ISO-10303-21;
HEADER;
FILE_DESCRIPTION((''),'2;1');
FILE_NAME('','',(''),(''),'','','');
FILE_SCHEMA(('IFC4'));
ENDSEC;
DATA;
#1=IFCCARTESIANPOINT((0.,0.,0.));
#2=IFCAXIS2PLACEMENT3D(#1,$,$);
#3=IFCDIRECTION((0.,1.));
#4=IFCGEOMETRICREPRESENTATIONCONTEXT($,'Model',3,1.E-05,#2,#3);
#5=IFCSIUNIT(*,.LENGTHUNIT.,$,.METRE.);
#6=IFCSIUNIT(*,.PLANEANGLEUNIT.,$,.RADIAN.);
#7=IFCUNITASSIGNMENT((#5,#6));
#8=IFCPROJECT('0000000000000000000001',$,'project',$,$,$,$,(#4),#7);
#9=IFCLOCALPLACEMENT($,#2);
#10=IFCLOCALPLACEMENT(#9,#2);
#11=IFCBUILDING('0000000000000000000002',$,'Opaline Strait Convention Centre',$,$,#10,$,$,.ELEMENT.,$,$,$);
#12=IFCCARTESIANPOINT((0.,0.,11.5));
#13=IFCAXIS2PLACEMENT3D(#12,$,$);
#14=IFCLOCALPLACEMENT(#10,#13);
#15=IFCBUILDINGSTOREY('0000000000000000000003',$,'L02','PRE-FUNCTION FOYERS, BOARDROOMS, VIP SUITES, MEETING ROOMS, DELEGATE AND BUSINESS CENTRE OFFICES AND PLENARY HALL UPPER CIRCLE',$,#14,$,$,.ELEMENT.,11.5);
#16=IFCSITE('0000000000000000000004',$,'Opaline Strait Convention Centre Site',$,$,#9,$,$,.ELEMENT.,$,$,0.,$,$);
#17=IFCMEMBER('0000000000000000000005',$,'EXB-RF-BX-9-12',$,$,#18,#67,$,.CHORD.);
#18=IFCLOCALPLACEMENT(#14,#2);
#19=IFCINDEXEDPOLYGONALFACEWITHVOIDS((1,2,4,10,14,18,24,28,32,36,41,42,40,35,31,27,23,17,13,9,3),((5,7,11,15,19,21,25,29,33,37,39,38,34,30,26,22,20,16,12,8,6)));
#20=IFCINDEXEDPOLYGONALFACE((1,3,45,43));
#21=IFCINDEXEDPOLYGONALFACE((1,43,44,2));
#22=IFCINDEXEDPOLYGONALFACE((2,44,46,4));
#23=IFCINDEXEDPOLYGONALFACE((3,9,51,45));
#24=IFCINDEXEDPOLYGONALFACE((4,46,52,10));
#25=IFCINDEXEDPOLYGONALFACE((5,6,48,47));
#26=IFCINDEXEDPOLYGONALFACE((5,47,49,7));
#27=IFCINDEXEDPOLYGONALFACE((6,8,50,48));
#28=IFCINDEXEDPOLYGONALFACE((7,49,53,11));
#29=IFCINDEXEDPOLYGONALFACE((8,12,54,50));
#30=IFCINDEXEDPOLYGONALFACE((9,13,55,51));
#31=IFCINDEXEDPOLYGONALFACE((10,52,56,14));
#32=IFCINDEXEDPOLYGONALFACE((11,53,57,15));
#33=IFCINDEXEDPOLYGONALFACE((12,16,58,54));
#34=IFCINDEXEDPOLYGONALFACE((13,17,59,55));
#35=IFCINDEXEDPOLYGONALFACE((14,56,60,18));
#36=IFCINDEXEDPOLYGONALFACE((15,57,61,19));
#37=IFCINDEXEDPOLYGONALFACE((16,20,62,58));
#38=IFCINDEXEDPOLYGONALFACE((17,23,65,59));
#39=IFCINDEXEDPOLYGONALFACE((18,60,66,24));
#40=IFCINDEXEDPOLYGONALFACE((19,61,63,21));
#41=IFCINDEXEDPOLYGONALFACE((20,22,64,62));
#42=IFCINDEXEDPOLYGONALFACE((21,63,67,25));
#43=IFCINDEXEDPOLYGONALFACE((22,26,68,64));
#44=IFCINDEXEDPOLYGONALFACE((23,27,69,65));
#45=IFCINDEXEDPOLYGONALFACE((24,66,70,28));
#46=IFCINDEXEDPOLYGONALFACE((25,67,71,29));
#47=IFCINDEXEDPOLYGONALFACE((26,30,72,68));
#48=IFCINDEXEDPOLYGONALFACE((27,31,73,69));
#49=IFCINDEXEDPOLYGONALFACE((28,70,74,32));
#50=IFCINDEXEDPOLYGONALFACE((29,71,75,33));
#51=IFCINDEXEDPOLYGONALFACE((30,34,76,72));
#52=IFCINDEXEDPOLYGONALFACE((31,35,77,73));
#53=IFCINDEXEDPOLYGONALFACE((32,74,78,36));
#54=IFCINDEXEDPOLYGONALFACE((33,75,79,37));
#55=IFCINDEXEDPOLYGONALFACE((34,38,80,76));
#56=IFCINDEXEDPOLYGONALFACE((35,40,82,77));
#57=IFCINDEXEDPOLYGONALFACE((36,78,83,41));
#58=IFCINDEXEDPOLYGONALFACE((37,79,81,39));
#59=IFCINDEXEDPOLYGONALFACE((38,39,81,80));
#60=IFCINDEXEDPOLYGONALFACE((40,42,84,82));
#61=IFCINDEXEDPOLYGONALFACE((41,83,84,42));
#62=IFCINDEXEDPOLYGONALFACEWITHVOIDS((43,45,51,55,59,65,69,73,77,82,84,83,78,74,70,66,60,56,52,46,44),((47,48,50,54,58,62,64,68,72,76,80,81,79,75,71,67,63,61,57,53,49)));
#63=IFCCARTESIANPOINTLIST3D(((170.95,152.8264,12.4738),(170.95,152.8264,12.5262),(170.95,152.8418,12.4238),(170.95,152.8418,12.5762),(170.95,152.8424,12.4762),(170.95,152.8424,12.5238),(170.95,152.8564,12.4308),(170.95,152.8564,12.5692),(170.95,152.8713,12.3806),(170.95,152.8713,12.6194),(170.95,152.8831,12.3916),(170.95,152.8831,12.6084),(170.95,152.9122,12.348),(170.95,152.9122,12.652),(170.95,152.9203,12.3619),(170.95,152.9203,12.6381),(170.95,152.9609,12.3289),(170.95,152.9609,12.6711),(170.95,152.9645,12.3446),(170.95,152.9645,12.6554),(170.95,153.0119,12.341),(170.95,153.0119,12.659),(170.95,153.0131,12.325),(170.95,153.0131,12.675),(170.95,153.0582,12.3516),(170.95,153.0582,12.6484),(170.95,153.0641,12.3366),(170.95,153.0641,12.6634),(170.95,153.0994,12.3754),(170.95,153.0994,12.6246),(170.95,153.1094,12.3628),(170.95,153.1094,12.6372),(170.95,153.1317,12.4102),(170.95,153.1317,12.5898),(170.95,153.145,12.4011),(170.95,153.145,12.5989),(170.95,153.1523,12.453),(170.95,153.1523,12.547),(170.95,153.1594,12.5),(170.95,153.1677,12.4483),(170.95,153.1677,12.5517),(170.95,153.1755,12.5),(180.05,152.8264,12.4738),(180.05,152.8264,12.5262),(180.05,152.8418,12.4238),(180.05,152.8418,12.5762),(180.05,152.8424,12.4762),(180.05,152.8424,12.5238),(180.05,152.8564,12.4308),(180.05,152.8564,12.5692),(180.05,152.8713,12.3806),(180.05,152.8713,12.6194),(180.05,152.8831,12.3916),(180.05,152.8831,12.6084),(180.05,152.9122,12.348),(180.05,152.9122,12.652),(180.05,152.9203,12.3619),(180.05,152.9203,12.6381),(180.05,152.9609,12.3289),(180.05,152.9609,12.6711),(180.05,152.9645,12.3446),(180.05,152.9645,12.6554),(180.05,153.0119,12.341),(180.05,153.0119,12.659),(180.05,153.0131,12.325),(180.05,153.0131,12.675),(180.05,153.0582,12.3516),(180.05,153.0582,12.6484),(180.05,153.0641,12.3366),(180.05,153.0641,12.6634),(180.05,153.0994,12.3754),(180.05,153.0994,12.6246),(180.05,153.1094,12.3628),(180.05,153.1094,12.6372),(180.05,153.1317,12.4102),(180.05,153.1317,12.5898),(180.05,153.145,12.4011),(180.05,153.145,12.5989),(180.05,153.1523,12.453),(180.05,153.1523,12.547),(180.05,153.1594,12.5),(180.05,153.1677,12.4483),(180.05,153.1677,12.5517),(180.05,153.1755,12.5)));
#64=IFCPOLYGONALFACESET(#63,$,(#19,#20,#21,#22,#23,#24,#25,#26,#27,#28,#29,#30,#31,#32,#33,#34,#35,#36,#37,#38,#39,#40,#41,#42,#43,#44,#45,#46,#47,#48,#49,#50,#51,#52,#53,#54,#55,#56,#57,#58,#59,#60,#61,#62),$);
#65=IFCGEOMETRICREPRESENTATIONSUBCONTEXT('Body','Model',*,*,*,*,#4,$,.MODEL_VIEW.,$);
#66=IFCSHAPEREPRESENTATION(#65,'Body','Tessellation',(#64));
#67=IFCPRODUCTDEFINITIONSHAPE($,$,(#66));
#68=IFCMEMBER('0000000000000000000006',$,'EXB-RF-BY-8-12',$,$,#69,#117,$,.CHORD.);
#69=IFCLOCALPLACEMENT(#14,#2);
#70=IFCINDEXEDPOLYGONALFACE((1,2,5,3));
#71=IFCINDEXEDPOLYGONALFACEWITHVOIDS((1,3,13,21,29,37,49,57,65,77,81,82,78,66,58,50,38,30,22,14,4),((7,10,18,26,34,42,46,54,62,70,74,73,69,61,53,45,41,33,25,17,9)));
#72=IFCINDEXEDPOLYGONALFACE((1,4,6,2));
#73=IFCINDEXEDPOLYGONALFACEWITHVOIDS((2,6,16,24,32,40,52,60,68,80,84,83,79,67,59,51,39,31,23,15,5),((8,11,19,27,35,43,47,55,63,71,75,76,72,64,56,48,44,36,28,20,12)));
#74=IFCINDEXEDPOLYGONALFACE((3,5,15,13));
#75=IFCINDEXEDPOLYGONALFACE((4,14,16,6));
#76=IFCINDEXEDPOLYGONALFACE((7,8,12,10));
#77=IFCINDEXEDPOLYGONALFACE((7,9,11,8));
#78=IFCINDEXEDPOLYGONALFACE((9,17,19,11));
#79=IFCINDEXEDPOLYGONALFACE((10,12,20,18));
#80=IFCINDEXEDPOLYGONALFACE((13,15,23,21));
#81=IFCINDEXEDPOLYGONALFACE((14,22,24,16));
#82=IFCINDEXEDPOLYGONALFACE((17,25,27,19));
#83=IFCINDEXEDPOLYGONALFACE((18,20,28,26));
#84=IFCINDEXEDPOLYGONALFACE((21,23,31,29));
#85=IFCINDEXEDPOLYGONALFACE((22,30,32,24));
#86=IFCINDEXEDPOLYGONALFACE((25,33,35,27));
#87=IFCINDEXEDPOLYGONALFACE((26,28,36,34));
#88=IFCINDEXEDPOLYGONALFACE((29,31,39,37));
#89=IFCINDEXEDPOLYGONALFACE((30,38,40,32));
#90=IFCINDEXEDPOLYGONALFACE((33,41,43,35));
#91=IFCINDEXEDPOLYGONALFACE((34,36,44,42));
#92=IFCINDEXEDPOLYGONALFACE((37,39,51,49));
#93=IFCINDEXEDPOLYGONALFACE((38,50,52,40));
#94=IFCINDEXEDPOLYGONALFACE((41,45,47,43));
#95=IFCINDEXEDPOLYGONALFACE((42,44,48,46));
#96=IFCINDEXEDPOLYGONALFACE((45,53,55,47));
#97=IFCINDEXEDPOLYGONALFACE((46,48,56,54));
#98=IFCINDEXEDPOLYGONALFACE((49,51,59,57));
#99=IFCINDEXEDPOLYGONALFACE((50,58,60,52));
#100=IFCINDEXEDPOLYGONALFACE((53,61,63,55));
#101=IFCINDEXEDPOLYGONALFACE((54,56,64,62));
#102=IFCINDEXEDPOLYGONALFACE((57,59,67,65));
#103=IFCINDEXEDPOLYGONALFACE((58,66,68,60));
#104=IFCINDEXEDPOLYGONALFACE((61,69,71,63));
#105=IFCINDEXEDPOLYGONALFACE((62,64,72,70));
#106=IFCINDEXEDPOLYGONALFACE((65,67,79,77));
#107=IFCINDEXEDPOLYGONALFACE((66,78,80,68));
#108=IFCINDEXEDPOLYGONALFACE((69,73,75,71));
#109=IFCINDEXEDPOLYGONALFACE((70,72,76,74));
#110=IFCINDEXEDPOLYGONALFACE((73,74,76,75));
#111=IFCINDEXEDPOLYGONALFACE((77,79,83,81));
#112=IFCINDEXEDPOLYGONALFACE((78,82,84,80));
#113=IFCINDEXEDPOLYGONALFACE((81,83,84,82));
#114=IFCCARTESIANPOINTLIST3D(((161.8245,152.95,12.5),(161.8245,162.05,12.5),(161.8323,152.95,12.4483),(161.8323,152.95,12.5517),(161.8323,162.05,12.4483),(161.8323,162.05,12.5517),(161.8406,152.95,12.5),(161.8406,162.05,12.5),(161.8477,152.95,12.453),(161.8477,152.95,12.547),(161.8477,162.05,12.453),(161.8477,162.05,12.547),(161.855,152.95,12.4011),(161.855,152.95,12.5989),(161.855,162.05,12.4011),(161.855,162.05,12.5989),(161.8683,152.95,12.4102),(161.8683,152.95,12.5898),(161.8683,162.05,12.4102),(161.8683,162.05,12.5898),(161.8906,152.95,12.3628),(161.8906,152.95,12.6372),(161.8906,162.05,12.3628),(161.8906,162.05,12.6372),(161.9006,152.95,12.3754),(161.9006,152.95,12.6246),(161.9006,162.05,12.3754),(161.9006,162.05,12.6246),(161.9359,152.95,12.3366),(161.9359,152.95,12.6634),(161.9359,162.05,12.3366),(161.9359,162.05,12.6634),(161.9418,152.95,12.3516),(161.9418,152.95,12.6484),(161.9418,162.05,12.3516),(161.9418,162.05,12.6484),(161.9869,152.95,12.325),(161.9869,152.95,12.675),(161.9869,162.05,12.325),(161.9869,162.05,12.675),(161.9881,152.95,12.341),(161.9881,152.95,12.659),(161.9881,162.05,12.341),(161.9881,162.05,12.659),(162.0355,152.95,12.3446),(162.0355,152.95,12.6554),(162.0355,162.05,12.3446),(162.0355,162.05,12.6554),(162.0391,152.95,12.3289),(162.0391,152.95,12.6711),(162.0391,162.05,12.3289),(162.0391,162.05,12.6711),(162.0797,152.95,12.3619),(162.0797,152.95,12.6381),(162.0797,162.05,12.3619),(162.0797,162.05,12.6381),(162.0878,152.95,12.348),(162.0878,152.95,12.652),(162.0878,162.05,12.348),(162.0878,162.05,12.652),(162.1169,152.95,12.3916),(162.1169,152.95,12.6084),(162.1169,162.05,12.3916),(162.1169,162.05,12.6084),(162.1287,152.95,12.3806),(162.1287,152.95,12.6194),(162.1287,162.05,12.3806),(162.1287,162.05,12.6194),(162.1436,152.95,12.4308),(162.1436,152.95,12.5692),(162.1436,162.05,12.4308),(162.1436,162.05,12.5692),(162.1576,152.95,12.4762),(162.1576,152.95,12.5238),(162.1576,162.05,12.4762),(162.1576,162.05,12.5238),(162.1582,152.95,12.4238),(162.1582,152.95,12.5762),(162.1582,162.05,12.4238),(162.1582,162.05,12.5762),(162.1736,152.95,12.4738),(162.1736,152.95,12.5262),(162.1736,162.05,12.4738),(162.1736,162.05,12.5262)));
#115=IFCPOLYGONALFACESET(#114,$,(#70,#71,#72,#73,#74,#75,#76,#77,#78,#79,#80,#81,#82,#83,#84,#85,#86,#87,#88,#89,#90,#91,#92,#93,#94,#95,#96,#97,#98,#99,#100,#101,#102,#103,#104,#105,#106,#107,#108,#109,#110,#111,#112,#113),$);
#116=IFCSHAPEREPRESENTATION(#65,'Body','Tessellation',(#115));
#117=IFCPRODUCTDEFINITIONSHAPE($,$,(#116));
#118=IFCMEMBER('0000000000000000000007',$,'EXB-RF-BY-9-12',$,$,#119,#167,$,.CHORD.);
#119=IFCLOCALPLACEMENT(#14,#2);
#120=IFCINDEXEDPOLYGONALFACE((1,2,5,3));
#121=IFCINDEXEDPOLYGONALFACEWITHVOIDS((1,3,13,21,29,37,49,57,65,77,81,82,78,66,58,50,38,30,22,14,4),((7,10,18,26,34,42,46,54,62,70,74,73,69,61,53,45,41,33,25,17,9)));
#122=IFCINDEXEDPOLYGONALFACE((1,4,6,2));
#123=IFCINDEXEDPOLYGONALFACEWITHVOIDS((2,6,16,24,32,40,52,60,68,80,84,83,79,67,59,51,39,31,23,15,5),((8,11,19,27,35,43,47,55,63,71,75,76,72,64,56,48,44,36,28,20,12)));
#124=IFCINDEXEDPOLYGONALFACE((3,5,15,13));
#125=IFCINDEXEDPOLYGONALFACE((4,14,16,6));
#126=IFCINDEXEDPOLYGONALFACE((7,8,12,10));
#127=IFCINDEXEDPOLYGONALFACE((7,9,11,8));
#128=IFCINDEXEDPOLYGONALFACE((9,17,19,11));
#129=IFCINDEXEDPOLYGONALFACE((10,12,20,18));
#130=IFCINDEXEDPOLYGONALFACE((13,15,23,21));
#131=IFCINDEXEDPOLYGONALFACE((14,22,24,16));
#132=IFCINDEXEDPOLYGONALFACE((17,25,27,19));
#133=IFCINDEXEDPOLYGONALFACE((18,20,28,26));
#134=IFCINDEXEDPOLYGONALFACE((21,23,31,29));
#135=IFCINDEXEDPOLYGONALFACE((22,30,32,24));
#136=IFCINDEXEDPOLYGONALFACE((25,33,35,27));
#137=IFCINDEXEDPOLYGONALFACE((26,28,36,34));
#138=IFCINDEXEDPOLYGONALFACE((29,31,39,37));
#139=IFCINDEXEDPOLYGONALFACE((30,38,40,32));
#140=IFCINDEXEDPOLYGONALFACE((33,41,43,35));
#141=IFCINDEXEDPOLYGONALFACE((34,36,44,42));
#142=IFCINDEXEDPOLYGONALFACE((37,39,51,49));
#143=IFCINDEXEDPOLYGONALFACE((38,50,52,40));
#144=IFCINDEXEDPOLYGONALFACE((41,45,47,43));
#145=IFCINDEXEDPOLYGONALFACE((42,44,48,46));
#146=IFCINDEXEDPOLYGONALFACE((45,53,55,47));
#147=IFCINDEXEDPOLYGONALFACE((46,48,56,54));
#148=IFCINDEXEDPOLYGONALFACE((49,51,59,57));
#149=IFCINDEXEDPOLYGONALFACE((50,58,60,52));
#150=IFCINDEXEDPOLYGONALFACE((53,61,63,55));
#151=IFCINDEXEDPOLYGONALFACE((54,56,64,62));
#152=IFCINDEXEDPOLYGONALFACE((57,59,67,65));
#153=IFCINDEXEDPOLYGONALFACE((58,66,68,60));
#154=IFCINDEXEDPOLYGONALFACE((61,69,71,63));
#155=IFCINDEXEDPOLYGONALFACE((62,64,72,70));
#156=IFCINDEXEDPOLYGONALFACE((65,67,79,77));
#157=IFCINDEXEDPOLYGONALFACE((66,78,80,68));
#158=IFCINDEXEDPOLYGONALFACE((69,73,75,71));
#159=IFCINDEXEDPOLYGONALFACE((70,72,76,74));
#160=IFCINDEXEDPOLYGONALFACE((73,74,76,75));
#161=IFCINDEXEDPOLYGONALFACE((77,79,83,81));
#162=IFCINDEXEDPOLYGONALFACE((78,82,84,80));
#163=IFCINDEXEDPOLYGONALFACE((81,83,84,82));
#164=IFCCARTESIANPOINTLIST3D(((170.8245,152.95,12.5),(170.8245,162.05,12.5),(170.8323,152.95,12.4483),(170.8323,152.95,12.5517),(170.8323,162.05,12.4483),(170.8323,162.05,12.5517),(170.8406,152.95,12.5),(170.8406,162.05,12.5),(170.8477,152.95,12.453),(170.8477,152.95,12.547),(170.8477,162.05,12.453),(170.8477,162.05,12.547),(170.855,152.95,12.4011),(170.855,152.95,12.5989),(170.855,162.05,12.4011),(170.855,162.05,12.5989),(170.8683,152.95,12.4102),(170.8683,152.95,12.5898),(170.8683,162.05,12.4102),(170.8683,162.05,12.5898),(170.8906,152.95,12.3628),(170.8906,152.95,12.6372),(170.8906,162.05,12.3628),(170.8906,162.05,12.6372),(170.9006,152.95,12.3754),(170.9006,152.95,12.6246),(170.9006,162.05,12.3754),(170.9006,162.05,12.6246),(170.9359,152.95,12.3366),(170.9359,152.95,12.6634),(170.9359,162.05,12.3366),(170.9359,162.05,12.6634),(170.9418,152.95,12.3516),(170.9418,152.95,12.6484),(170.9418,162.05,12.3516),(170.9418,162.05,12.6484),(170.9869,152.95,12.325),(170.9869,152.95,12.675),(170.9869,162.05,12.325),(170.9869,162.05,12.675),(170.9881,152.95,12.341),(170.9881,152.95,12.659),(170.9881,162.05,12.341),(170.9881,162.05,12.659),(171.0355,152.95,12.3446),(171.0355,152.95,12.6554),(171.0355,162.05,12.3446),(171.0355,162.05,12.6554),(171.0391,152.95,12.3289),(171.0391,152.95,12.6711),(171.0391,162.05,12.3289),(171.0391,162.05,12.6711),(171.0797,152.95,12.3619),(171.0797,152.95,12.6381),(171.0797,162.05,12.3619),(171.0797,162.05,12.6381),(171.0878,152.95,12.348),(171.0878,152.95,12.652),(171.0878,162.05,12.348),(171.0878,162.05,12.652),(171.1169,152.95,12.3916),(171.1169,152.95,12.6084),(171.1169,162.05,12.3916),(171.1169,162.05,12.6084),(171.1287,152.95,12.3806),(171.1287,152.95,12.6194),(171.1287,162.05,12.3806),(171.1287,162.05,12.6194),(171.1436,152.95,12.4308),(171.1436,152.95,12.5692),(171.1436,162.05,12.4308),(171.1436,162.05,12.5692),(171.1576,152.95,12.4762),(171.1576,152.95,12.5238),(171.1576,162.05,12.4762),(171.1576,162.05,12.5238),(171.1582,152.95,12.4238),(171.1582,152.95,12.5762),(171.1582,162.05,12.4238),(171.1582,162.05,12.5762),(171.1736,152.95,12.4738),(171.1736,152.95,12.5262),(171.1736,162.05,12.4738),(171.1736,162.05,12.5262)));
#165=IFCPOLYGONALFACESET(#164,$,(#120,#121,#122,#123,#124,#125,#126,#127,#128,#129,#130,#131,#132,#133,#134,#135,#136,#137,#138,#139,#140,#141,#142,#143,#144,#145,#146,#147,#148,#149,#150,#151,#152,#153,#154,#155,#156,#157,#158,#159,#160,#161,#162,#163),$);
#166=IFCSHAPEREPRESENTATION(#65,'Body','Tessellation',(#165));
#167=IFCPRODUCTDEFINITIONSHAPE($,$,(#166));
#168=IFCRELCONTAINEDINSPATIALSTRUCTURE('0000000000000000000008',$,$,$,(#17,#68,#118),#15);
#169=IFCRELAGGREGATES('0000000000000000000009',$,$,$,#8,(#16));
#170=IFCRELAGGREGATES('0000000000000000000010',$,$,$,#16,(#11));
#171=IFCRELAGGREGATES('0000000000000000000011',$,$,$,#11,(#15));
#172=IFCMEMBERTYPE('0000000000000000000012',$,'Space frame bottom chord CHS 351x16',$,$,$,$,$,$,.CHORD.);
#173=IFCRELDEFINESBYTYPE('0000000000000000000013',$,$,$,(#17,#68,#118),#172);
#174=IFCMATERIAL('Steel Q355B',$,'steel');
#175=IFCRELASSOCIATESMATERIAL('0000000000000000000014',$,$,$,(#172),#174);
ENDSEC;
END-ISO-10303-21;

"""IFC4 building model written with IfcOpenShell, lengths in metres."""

from ifc_helpers import new_model, si_unit, direction, frame, origin, origin_2d, place, context, subcontext, project, spatial, hollow_circle, extrude, material, material_profile, profile_set, type_object, element, save


model = new_model("IFC4")

# Units and contexts
model_context = context("Model", 3, precision=1e-05, world=origin(), true_north=direction((0.0, 1.0)))
body_context = subcontext(model_context, "Body", "Model", "MODEL_VIEW")
ifc_project = project(units=[si_unit("LENGTHUNIT", "METRE"), si_unit("PLANEANGLEUNIT", "RADIAN")], contexts=[model_context])

# Site, building, storey
site_placement = place(None, origin())
site = spatial("IfcSite", under=ifc_project, at=site_placement, Name="Opaline Strait Convention Centre Site", CompositionType="ELEMENT", RefElevation=0.0)
building_placement = place(site_placement, origin())
building = spatial("IfcBuilding", under=site, at=building_placement, Name="Opaline Strait Convention Centre", CompositionType="ELEMENT")
storey_placement = place(building_placement, frame((0.0, 0.0, 11.5)))
storey = spatial("IfcBuildingStorey", under=building, at=storey_placement, Name="L02", Description="PRE-FUNCTION FOYERS, BOARDROOMS, VIP SUITES, MEETING ROOMS, DELEGATE AND BUSINESS CENTRE OFFICES AND PLENARY HALL UPPER CIRCLE", CompositionType="ELEMENT", Elevation=11.5)

# Shared definitions
ifc_material_1 = material(Name="Steel Q355B", Category="steel")

# Members
ifc_material_profile_1 = material_profile(ifc_material_1, hollow_circle(Radius=0.1755, WallThickness=0.0161, at=origin_2d()), Name="CHS 351x16")
ifc_profile_set_1 = profile_set([ifc_material_profile_1], Name="Steel Q355B")
member_type_1 = type_object("IfcMemberType", Name="Space frame bottom chord CHS 351x16", PredefinedType="CHORD", material=ifc_profile_set_1)
for number, where, z_axis, x_axis, name in (
    (1, (170.95, 153.0, 12.5), (1.0, 0.0, 0.0), (0.0, 1.0, 0.0), "EXB-RF-BX-9-12"),
    (2, (162.0, 152.95, 12.5), (0.0, 1.0, 0.0), (-1.0, 0.0, 0.0), "EXB-RF-BY-8-12"),
    (3, (171.0, 152.95, 12.5), (0.0, 1.0, 0.0), (-1.0, 0.0, 0.0), "EXB-RF-BY-9-12"),
):
    element("IfcMember", number, at=place(storey_placement, frame(where, z_axis=z_axis, x_axis=x_axis)), inside=storey, type_object=member_type_1, Name=name, PredefinedType="CHORD", context=body_context, shape_type="SweptSolid", body=[
        extrude(hollow_circle(Radius=0.1755, WallThickness=0.0161, at=origin_2d()), origin(), (0.0, 0.0, 1.0), 9.1001),
    ])

save(model, "model.ifc")
